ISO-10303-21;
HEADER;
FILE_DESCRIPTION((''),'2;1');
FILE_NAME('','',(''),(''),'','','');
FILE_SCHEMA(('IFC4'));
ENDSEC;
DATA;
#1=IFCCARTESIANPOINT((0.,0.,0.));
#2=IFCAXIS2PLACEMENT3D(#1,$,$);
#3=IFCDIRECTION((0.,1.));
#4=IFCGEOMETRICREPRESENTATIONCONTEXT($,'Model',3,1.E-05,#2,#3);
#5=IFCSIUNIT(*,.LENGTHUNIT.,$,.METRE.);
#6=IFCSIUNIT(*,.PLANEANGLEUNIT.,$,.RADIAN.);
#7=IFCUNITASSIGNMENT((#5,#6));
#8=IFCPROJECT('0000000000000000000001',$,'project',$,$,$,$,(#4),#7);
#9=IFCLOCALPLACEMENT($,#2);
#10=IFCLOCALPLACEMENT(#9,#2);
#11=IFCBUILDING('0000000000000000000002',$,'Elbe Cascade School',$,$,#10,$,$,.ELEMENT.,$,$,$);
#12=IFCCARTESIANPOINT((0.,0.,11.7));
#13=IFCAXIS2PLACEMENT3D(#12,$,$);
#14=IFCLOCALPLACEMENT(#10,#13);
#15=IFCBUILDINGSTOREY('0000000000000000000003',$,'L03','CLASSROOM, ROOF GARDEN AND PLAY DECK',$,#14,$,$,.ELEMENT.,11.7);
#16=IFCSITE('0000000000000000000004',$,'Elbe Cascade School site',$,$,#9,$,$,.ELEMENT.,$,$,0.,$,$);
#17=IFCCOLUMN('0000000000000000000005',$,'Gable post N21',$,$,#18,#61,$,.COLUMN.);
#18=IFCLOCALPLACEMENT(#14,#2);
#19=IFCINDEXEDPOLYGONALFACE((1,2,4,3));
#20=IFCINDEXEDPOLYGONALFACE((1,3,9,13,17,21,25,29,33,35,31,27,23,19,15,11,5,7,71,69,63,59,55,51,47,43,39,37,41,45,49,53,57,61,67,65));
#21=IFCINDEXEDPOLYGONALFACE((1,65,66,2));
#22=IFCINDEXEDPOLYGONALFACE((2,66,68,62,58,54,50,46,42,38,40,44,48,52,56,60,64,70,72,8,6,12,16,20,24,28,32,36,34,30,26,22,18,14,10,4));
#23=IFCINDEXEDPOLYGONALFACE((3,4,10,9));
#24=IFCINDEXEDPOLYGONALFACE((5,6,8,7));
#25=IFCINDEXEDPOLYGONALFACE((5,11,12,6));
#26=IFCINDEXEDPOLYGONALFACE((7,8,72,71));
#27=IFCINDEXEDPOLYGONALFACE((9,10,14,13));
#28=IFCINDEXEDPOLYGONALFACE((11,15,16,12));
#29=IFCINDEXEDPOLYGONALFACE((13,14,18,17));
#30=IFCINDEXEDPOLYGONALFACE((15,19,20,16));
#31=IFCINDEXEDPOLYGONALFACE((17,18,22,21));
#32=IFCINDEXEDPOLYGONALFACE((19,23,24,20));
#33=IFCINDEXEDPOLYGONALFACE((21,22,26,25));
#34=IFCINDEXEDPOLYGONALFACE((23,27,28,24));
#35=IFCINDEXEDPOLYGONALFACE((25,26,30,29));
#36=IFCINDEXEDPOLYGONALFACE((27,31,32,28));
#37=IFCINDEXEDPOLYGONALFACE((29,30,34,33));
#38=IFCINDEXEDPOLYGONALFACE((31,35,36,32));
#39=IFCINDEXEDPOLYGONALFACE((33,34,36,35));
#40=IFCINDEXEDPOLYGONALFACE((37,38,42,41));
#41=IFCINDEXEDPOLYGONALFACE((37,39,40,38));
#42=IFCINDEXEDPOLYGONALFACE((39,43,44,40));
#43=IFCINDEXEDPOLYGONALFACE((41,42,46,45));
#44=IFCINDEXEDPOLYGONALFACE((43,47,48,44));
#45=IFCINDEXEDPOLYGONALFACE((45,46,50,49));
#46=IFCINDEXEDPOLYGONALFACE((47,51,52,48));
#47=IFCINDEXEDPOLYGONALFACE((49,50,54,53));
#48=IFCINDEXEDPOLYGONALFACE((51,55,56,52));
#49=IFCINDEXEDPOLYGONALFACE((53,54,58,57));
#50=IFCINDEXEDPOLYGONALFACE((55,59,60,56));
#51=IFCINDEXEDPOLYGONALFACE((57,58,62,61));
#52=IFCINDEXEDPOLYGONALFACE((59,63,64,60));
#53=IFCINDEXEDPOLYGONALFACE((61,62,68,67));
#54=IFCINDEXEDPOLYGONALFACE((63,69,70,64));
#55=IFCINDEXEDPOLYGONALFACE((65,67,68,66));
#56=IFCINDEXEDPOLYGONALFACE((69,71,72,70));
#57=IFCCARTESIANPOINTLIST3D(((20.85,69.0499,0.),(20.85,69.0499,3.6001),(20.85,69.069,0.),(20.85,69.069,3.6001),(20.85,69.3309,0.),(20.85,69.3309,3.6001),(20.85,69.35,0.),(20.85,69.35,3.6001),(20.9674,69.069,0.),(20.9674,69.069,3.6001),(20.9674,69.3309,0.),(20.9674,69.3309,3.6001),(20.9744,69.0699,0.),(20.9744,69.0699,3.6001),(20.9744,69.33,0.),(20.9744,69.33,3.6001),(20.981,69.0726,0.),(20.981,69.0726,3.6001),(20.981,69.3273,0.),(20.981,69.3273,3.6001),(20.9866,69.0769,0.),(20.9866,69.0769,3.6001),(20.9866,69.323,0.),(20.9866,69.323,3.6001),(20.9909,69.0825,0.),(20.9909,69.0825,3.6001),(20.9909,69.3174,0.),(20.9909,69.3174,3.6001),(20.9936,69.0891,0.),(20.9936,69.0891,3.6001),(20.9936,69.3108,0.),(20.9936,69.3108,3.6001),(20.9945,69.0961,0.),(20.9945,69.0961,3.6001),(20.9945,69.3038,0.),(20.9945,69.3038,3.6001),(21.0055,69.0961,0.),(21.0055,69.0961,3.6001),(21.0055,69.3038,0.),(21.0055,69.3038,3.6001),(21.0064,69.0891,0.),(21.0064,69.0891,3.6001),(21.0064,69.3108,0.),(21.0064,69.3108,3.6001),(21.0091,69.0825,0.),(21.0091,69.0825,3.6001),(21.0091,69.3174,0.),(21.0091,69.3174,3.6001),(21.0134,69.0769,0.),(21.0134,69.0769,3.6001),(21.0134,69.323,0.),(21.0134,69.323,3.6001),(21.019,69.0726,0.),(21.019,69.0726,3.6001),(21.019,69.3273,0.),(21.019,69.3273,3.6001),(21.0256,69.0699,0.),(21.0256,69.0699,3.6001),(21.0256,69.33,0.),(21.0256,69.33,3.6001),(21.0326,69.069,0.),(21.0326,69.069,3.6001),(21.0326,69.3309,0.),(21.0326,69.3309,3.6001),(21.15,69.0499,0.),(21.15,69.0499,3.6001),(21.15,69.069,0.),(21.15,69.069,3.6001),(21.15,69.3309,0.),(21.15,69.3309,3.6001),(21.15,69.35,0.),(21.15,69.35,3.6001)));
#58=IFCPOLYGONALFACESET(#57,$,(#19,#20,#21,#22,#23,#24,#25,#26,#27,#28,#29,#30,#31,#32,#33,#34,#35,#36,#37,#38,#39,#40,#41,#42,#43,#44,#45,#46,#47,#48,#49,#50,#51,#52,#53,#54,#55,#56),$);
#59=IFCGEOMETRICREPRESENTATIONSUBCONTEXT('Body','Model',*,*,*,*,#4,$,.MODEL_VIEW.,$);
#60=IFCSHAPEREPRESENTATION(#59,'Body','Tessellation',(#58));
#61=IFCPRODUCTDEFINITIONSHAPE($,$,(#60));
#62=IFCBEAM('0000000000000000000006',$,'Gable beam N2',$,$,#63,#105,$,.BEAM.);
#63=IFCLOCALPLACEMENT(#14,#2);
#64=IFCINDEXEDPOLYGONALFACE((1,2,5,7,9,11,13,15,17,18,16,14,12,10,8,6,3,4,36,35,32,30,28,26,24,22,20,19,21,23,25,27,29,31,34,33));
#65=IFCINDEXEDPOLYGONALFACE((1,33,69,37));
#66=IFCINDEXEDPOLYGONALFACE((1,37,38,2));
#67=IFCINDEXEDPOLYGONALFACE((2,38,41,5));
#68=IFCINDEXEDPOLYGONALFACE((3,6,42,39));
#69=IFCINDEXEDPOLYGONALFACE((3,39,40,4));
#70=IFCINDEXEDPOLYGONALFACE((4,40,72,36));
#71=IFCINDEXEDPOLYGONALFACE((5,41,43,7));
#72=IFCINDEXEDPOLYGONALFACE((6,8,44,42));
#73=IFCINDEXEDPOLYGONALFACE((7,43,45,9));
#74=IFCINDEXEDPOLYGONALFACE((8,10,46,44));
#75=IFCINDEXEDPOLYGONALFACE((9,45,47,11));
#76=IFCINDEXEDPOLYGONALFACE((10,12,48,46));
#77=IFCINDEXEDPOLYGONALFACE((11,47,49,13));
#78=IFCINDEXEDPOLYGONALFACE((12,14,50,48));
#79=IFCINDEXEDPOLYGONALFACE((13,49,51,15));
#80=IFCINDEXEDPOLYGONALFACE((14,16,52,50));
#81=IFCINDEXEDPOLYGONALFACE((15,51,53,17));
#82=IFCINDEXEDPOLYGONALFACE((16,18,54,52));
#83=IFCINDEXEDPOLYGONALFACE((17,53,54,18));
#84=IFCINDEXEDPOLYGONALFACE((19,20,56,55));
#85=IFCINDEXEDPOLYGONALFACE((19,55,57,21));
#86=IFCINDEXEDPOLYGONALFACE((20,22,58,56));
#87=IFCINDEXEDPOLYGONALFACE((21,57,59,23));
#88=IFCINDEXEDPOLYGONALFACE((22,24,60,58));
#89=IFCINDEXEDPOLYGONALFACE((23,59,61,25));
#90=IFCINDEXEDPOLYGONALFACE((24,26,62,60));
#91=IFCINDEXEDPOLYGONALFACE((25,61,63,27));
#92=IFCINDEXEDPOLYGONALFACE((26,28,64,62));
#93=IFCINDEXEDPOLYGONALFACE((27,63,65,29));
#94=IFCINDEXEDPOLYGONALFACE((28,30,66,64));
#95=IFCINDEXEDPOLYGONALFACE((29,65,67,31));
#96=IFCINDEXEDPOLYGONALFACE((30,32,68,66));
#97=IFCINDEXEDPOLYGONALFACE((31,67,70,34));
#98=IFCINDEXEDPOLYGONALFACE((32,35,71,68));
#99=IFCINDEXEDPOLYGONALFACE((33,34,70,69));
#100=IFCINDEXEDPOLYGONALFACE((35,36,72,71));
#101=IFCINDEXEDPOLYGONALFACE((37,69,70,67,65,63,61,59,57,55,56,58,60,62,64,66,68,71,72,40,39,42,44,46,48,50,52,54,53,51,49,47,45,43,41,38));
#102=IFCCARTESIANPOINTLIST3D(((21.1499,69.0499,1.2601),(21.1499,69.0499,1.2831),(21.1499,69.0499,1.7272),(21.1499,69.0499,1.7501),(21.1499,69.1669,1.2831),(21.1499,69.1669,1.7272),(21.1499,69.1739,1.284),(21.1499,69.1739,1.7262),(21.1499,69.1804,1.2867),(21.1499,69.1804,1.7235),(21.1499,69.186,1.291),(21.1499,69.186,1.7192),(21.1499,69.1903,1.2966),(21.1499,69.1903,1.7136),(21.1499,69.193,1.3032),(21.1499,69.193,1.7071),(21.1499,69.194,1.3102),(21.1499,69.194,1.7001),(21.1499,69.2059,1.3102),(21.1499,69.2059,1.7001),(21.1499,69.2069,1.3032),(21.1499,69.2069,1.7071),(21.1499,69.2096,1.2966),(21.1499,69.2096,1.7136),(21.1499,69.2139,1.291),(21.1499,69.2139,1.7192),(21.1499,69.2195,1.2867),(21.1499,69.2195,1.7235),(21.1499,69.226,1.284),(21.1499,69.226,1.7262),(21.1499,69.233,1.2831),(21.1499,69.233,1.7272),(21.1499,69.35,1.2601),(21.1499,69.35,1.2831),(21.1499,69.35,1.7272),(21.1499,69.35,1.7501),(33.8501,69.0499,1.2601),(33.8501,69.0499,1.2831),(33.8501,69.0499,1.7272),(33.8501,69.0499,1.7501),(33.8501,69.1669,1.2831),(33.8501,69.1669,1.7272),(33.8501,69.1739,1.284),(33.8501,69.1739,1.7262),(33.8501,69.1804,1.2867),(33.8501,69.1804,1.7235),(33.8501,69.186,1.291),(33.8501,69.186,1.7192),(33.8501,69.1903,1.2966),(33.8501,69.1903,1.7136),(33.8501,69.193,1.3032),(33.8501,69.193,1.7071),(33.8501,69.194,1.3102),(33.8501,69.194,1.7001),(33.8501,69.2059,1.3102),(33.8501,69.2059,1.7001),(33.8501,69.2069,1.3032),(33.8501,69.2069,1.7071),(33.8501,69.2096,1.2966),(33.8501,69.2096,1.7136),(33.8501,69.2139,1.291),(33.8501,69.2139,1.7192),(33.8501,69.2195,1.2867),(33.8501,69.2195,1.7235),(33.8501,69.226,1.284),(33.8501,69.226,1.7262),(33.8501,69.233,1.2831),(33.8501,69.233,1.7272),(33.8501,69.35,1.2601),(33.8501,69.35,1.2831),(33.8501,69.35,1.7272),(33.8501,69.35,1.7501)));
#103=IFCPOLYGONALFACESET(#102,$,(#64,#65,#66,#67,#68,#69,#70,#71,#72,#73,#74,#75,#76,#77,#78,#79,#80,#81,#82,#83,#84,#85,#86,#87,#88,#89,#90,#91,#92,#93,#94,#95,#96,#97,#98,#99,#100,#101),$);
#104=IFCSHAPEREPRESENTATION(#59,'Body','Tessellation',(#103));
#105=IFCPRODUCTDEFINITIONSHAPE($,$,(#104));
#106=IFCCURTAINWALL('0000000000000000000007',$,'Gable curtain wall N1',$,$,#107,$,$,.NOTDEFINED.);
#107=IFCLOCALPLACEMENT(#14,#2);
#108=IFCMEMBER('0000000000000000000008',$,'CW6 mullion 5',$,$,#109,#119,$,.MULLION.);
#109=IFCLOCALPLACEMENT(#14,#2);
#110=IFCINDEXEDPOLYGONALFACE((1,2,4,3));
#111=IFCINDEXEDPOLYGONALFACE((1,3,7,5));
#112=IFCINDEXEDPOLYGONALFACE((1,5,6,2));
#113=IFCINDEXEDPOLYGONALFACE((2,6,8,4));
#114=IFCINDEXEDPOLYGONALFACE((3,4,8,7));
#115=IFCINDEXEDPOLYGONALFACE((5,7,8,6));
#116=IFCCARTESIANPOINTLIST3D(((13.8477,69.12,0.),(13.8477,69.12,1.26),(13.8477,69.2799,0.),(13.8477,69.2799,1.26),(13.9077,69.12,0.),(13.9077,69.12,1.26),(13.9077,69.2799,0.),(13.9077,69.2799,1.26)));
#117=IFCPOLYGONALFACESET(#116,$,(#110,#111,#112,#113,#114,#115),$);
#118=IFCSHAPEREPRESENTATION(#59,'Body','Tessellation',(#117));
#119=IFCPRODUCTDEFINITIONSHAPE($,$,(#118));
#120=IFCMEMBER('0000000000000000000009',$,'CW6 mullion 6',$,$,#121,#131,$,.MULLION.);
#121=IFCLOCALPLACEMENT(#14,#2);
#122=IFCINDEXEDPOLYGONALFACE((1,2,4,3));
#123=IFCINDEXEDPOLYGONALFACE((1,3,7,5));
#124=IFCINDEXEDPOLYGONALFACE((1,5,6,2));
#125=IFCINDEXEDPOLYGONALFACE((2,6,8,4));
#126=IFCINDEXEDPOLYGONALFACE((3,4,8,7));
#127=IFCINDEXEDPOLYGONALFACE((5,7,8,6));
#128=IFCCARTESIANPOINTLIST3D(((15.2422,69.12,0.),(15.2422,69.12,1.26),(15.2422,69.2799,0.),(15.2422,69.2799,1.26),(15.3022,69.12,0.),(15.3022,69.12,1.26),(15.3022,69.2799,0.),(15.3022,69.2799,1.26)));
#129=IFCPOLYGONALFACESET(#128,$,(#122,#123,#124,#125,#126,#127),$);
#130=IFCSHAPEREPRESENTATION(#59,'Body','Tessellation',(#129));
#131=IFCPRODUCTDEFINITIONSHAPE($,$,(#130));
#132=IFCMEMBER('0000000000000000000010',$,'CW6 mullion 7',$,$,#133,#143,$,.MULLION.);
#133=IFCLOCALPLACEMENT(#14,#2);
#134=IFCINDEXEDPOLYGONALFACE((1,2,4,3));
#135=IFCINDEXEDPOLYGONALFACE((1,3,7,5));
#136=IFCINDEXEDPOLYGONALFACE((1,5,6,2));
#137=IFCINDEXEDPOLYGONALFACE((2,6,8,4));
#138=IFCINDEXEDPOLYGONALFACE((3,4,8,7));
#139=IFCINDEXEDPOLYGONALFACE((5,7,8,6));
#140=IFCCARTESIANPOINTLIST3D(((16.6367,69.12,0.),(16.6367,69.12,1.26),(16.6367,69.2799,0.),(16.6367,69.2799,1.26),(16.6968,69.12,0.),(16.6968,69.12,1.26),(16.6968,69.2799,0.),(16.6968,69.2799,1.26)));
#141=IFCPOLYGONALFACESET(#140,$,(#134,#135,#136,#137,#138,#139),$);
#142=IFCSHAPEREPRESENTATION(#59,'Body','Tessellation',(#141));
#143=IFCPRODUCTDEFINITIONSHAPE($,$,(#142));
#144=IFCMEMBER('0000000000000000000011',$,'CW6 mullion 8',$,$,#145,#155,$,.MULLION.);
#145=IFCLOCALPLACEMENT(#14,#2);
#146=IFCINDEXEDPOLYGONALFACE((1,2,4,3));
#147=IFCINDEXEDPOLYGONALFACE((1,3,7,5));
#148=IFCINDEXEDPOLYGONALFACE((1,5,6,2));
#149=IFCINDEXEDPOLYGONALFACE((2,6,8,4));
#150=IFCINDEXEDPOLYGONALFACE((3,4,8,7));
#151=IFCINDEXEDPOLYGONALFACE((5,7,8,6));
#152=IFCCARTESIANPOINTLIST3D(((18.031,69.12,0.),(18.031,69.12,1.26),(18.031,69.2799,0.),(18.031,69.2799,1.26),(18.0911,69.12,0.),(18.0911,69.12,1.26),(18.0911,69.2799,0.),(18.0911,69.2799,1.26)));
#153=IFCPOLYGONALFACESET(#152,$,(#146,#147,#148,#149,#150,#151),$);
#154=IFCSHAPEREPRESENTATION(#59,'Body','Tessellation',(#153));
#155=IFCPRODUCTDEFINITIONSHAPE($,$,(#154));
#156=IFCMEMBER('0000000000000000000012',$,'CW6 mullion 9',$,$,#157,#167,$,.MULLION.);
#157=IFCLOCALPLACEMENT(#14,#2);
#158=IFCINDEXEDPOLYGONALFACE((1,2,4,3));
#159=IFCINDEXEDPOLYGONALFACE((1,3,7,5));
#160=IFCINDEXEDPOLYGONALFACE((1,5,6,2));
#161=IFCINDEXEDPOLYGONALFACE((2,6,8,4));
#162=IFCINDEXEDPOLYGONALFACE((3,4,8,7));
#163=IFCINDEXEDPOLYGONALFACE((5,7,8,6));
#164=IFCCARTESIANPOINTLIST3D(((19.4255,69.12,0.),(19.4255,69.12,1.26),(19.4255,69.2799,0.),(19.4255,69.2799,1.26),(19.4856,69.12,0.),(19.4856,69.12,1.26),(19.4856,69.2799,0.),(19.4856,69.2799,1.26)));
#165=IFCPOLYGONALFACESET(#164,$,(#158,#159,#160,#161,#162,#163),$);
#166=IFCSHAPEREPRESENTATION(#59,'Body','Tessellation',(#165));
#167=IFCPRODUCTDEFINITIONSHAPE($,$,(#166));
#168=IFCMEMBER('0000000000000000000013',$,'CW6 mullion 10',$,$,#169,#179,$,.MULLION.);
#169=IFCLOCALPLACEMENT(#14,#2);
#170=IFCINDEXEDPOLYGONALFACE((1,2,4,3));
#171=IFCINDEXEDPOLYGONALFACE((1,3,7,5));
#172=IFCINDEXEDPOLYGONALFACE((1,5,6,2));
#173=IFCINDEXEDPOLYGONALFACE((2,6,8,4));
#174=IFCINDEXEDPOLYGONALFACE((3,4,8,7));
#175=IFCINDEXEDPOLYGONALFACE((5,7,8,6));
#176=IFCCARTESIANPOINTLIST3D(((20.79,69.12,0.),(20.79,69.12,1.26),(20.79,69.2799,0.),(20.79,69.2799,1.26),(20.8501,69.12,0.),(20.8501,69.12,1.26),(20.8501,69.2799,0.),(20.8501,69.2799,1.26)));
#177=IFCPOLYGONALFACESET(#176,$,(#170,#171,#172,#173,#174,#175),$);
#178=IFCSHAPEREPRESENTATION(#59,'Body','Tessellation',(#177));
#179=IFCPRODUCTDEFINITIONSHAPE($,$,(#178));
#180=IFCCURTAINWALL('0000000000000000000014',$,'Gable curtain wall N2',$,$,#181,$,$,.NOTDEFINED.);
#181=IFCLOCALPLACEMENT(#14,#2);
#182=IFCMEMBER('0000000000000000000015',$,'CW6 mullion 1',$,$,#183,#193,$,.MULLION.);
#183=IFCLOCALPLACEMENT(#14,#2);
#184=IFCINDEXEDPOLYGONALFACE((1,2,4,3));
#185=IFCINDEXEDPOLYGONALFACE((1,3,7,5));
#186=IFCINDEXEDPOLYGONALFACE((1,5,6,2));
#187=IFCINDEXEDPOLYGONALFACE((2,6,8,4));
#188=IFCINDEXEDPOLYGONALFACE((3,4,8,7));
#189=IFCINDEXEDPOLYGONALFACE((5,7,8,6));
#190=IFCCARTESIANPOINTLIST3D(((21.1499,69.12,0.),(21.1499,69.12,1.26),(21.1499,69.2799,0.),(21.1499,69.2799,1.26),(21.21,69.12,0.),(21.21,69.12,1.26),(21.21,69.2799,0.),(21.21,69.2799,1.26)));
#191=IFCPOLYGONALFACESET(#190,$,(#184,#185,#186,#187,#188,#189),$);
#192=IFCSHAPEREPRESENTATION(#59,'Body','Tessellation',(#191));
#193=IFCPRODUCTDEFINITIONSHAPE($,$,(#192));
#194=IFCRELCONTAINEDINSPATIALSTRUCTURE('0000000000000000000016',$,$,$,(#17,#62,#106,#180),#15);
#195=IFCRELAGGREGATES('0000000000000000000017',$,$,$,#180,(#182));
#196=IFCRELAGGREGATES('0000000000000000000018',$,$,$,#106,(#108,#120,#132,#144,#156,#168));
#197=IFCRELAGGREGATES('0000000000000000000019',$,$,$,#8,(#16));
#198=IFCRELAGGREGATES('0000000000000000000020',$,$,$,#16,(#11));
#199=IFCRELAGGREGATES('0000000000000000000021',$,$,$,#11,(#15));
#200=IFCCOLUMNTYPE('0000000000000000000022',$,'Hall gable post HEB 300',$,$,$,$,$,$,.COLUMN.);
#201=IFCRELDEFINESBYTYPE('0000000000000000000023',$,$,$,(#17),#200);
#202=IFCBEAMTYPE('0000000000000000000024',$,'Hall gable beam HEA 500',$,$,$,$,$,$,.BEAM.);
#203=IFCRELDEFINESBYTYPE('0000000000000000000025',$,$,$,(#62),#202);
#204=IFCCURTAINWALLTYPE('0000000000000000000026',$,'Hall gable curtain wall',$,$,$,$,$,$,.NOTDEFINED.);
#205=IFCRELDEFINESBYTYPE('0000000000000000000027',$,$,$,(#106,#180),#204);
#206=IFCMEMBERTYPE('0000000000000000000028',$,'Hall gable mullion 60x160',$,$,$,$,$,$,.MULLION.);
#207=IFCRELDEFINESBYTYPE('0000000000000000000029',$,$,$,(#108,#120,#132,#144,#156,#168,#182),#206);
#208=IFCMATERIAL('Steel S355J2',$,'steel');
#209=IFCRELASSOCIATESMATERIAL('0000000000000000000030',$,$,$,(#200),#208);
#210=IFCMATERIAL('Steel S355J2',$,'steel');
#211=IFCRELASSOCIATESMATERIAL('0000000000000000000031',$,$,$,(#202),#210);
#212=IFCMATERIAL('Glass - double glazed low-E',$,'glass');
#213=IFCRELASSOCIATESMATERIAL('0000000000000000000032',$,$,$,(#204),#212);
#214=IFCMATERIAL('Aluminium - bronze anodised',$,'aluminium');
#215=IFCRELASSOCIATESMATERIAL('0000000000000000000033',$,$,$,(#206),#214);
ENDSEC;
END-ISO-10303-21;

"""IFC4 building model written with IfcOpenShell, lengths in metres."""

from ifc_helpers import new_model, si_unit, direction, frame, origin, origin_2d, place, context, subcontext, project, spatial, rectangle, i_section, extrude, material, material_profile, profile_set, type_object, element, aggregate, save


model = new_model("IFC4")

# Units and contexts
model_context = context("Model", 3, precision=1e-05, world=origin(), true_north=direction((0.0, 1.0)))
body_context = subcontext(model_context, "Body", "Model", "MODEL_VIEW")
ifc_project = project(units=[si_unit("LENGTHUNIT", "METRE"), si_unit("PLANEANGLEUNIT", "RADIAN")], contexts=[model_context])

# Site, building, storey
site_placement = place(None, origin())
site = spatial("IfcSite", under=ifc_project, at=site_placement, Name="Elbe Cascade School site", CompositionType="ELEMENT", RefElevation=0.0)
building_placement = place(site_placement, origin())
building = spatial("IfcBuilding", under=site, at=building_placement, Name="Elbe Cascade School", CompositionType="ELEMENT")
storey_placement = place(building_placement, frame((0.0, 0.0, 11.7)))
storey = spatial("IfcBuildingStorey", under=building, at=storey_placement, Name="L03", Description="CLASSROOM, ROOF GARDEN AND PLAY DECK", CompositionType="ELEMENT", Elevation=11.7)

# Column
ifc_material_1 = material(Name="Steel S355J2", Category="steel")
ifc_material_profile_1 = material_profile(ifc_material_1, i_section(OverallWidth=0.3, OverallDepth=0.3, WebThickness=0.011, FlangeThickness=0.019, FilletRadius=0.0271, at=origin_2d()), Name="HEB 300")
ifc_profile_set_1 = profile_set([ifc_material_profile_1], Name="Steel S355J2")
column_type = type_object("IfcColumnType", Name="Hall gable post HEB 300", PredefinedType="COLUMN", material=ifc_profile_set_1)
column_placement = place(storey_placement, frame((21.0, 69.2, 0.0), z_axis=(0.0, 0.0, 1.0), x_axis=(1.0, 0.0, 0.0)))
element("IfcColumn", 1, at=column_placement, inside=storey, type_object=column_type, Name="Gable post N21", PredefinedType="COLUMN", context=body_context, shape_type="SweptSolid", body=[
    extrude(i_section(OverallWidth=0.3, OverallDepth=0.3, WebThickness=0.011, FlangeThickness=0.019, FilletRadius=0.0271, at=origin_2d()), origin(), (0.0, 0.0, 1.0), 3.6001),
])

# Beam
ifc_material_2 = material(Name="Steel S355J2", Category="steel")
ifc_material_profile_2 = material_profile(ifc_material_2, i_section(OverallWidth=0.3, OverallDepth=0.49, WebThickness=0.012, FlangeThickness=0.0229, FilletRadius=0.0271, at=origin_2d()), Name="HEA 500")
ifc_profile_set_2 = profile_set([ifc_material_profile_2], Name="Steel S355J2")
beam_type = type_object("IfcBeamType", Name="Hall gable beam HEA 500", PredefinedType="BEAM", material=ifc_profile_set_2)
beam_placement = place(storey_placement, frame((21.1499, 69.2, 1.5051), z_axis=(1.0, 0.0, 0.0), x_axis=(0.0, 1.0, 0.0)))
element("IfcBeam", 2, at=beam_placement, inside=storey, type_object=beam_type, Name="Gable beam N2", PredefinedType="BEAM", context=body_context, shape_type="SweptSolid", body=[
    extrude(i_section(OverallWidth=0.3, OverallDepth=0.49, WebThickness=0.012, FlangeThickness=0.0229, FilletRadius=0.0271, at=origin_2d()), origin(), (0.0, 0.0, 1.0), 12.7002),
])

# Curtain wall, members
ifc_material_3 = material(Name="Glass - double glazed low-E", Category="glass")
curtain_wall_type = type_object("IfcCurtainWallType", Name="Hall gable curtain wall", PredefinedType="NOTDEFINED", material=ifc_material_3)
curtain_wall_1_placement = place(storey_placement, origin())
curtain_wall_1 = element("IfcCurtainWall", 3, at=curtain_wall_1_placement, inside=storey, type_object=curtain_wall_type, Name="Gable curtain wall N1", PredefinedType="NOTDEFINED")
ifc_material_4 = material(Name="Aluminium - bronze anodised", Category="aluminium")
ifc_material_profile_3 = material_profile(ifc_material_4, rectangle(XDim=0.1599, YDim=0.0601, at=origin_2d()), Name="Alu 60x160")
ifc_profile_set_3 = profile_set([ifc_material_profile_3], Name="Aluminium - bronze anodised")
member_type_1 = type_object("IfcMemberType", Name="Hall gable mullion 60x160", PredefinedType="MULLION", material=ifc_profile_set_3)
member_1_placement = place(storey_placement, frame((13.8777, 69.2, 0.0), z_axis=(0.0, 0.0, 1.0), x_axis=(0.0, 1.0, 0.0)))
member_1 = element("IfcMember", 4, at=member_1_placement, type_object=member_type_1, Name="CW6 mullion 5", PredefinedType="MULLION", context=body_context, shape_type="SweptSolid", body=[
    extrude(rectangle(XDim=0.1599, YDim=0.0601, at=origin_2d()), origin(), (0.0, 0.0, 1.0), 1.26),
])
member_2_placement = place(storey_placement, frame((15.2722, 69.2, 0.0), z_axis=(0.0, 0.0, 1.0), x_axis=(0.0, 1.0, 0.0)))
member_2 = element("IfcMember", 5, at=member_2_placement, type_object=member_type_1, Name="CW6 mullion 6", PredefinedType="MULLION", context=body_context, shape_type="SweptSolid", body=[
    extrude(rectangle(XDim=0.1599, YDim=0.0601, at=origin_2d()), origin(), (0.0, 0.0, 1.0), 1.26),
])
member_3_placement = place(storey_placement, frame((16.6667, 69.2, 0.0), z_axis=(0.0, 0.0, 1.0), x_axis=(0.0, 1.0, 0.0)))
member_3 = element("IfcMember", 6, at=member_3_placement, type_object=member_type_1, Name="CW6 mullion 7", PredefinedType="MULLION", context=body_context, shape_type="SweptSolid", body=[
    extrude(rectangle(XDim=0.1599, YDim=0.0601, at=origin_2d()), origin(), (0.0, 0.0, 1.0), 1.26),
])
member_4_placement = place(storey_placement, frame((18.061, 69.2, 0.0), z_axis=(0.0, 0.0, 1.0), x_axis=(0.0, 1.0, 0.0)))
member_4 = element("IfcMember", 7, at=member_4_placement, type_object=member_type_1, Name="CW6 mullion 8", PredefinedType="MULLION", context=body_context, shape_type="SweptSolid", body=[
    extrude(rectangle(XDim=0.1599, YDim=0.0601, at=origin_2d()), origin(), (0.0, 0.0, 1.0), 1.26),
])
member_5_placement = place(storey_placement, frame((19.4556, 69.2, 0.0), z_axis=(0.0, 0.0, 1.0), x_axis=(0.0, 1.0, 0.0)))
member_5 = element("IfcMember", 8, at=member_5_placement, type_object=member_type_1, Name="CW6 mullion 9", PredefinedType="MULLION", context=body_context, shape_type="SweptSolid", body=[
    extrude(rectangle(XDim=0.1599, YDim=0.0601, at=origin_2d()), origin(), (0.0, 0.0, 1.0), 1.26),
])
member_6_placement = place(storey_placement, frame((20.8201, 69.2, 0.0), z_axis=(0.0, 0.0, 1.0), x_axis=(0.0, 1.0, 0.0)))
member_6 = element("IfcMember", 9, at=member_6_placement, type_object=member_type_1, Name="CW6 mullion 10", PredefinedType="MULLION", context=body_context, shape_type="SweptSolid", body=[
    extrude(rectangle(XDim=0.1599, YDim=0.0601, at=origin_2d()), origin(), (0.0, 0.0, 1.0), 1.26),
])

# Curtain wall, member
curtain_wall_2_placement = place(storey_placement, origin())
curtain_wall_2 = element("IfcCurtainWall", 10, at=curtain_wall_2_placement, inside=storey, type_object=curtain_wall_type, Name="Gable curtain wall N2", PredefinedType="NOTDEFINED")
member_7_placement = place(storey_placement, frame((21.1799, 69.2, 0.0), z_axis=(0.0, 0.0, 1.0), x_axis=(0.0, 1.0, 0.0)))
member_7 = element("IfcMember", 11, at=member_7_placement, type_object=member_type_1, Name="CW6 mullion 1", PredefinedType="MULLION", context=body_context, shape_type="SweptSolid", body=[
    extrude(rectangle(XDim=0.1599, YDim=0.0601, at=origin_2d()), origin(), (0.0, 0.0, 1.0), 1.26),
])
aggregate(curtain_wall_2, [member_7])

aggregate(curtain_wall_1, [member_1, member_2, member_3, member_4, member_5, member_6])

save(model, "model.ifc")
